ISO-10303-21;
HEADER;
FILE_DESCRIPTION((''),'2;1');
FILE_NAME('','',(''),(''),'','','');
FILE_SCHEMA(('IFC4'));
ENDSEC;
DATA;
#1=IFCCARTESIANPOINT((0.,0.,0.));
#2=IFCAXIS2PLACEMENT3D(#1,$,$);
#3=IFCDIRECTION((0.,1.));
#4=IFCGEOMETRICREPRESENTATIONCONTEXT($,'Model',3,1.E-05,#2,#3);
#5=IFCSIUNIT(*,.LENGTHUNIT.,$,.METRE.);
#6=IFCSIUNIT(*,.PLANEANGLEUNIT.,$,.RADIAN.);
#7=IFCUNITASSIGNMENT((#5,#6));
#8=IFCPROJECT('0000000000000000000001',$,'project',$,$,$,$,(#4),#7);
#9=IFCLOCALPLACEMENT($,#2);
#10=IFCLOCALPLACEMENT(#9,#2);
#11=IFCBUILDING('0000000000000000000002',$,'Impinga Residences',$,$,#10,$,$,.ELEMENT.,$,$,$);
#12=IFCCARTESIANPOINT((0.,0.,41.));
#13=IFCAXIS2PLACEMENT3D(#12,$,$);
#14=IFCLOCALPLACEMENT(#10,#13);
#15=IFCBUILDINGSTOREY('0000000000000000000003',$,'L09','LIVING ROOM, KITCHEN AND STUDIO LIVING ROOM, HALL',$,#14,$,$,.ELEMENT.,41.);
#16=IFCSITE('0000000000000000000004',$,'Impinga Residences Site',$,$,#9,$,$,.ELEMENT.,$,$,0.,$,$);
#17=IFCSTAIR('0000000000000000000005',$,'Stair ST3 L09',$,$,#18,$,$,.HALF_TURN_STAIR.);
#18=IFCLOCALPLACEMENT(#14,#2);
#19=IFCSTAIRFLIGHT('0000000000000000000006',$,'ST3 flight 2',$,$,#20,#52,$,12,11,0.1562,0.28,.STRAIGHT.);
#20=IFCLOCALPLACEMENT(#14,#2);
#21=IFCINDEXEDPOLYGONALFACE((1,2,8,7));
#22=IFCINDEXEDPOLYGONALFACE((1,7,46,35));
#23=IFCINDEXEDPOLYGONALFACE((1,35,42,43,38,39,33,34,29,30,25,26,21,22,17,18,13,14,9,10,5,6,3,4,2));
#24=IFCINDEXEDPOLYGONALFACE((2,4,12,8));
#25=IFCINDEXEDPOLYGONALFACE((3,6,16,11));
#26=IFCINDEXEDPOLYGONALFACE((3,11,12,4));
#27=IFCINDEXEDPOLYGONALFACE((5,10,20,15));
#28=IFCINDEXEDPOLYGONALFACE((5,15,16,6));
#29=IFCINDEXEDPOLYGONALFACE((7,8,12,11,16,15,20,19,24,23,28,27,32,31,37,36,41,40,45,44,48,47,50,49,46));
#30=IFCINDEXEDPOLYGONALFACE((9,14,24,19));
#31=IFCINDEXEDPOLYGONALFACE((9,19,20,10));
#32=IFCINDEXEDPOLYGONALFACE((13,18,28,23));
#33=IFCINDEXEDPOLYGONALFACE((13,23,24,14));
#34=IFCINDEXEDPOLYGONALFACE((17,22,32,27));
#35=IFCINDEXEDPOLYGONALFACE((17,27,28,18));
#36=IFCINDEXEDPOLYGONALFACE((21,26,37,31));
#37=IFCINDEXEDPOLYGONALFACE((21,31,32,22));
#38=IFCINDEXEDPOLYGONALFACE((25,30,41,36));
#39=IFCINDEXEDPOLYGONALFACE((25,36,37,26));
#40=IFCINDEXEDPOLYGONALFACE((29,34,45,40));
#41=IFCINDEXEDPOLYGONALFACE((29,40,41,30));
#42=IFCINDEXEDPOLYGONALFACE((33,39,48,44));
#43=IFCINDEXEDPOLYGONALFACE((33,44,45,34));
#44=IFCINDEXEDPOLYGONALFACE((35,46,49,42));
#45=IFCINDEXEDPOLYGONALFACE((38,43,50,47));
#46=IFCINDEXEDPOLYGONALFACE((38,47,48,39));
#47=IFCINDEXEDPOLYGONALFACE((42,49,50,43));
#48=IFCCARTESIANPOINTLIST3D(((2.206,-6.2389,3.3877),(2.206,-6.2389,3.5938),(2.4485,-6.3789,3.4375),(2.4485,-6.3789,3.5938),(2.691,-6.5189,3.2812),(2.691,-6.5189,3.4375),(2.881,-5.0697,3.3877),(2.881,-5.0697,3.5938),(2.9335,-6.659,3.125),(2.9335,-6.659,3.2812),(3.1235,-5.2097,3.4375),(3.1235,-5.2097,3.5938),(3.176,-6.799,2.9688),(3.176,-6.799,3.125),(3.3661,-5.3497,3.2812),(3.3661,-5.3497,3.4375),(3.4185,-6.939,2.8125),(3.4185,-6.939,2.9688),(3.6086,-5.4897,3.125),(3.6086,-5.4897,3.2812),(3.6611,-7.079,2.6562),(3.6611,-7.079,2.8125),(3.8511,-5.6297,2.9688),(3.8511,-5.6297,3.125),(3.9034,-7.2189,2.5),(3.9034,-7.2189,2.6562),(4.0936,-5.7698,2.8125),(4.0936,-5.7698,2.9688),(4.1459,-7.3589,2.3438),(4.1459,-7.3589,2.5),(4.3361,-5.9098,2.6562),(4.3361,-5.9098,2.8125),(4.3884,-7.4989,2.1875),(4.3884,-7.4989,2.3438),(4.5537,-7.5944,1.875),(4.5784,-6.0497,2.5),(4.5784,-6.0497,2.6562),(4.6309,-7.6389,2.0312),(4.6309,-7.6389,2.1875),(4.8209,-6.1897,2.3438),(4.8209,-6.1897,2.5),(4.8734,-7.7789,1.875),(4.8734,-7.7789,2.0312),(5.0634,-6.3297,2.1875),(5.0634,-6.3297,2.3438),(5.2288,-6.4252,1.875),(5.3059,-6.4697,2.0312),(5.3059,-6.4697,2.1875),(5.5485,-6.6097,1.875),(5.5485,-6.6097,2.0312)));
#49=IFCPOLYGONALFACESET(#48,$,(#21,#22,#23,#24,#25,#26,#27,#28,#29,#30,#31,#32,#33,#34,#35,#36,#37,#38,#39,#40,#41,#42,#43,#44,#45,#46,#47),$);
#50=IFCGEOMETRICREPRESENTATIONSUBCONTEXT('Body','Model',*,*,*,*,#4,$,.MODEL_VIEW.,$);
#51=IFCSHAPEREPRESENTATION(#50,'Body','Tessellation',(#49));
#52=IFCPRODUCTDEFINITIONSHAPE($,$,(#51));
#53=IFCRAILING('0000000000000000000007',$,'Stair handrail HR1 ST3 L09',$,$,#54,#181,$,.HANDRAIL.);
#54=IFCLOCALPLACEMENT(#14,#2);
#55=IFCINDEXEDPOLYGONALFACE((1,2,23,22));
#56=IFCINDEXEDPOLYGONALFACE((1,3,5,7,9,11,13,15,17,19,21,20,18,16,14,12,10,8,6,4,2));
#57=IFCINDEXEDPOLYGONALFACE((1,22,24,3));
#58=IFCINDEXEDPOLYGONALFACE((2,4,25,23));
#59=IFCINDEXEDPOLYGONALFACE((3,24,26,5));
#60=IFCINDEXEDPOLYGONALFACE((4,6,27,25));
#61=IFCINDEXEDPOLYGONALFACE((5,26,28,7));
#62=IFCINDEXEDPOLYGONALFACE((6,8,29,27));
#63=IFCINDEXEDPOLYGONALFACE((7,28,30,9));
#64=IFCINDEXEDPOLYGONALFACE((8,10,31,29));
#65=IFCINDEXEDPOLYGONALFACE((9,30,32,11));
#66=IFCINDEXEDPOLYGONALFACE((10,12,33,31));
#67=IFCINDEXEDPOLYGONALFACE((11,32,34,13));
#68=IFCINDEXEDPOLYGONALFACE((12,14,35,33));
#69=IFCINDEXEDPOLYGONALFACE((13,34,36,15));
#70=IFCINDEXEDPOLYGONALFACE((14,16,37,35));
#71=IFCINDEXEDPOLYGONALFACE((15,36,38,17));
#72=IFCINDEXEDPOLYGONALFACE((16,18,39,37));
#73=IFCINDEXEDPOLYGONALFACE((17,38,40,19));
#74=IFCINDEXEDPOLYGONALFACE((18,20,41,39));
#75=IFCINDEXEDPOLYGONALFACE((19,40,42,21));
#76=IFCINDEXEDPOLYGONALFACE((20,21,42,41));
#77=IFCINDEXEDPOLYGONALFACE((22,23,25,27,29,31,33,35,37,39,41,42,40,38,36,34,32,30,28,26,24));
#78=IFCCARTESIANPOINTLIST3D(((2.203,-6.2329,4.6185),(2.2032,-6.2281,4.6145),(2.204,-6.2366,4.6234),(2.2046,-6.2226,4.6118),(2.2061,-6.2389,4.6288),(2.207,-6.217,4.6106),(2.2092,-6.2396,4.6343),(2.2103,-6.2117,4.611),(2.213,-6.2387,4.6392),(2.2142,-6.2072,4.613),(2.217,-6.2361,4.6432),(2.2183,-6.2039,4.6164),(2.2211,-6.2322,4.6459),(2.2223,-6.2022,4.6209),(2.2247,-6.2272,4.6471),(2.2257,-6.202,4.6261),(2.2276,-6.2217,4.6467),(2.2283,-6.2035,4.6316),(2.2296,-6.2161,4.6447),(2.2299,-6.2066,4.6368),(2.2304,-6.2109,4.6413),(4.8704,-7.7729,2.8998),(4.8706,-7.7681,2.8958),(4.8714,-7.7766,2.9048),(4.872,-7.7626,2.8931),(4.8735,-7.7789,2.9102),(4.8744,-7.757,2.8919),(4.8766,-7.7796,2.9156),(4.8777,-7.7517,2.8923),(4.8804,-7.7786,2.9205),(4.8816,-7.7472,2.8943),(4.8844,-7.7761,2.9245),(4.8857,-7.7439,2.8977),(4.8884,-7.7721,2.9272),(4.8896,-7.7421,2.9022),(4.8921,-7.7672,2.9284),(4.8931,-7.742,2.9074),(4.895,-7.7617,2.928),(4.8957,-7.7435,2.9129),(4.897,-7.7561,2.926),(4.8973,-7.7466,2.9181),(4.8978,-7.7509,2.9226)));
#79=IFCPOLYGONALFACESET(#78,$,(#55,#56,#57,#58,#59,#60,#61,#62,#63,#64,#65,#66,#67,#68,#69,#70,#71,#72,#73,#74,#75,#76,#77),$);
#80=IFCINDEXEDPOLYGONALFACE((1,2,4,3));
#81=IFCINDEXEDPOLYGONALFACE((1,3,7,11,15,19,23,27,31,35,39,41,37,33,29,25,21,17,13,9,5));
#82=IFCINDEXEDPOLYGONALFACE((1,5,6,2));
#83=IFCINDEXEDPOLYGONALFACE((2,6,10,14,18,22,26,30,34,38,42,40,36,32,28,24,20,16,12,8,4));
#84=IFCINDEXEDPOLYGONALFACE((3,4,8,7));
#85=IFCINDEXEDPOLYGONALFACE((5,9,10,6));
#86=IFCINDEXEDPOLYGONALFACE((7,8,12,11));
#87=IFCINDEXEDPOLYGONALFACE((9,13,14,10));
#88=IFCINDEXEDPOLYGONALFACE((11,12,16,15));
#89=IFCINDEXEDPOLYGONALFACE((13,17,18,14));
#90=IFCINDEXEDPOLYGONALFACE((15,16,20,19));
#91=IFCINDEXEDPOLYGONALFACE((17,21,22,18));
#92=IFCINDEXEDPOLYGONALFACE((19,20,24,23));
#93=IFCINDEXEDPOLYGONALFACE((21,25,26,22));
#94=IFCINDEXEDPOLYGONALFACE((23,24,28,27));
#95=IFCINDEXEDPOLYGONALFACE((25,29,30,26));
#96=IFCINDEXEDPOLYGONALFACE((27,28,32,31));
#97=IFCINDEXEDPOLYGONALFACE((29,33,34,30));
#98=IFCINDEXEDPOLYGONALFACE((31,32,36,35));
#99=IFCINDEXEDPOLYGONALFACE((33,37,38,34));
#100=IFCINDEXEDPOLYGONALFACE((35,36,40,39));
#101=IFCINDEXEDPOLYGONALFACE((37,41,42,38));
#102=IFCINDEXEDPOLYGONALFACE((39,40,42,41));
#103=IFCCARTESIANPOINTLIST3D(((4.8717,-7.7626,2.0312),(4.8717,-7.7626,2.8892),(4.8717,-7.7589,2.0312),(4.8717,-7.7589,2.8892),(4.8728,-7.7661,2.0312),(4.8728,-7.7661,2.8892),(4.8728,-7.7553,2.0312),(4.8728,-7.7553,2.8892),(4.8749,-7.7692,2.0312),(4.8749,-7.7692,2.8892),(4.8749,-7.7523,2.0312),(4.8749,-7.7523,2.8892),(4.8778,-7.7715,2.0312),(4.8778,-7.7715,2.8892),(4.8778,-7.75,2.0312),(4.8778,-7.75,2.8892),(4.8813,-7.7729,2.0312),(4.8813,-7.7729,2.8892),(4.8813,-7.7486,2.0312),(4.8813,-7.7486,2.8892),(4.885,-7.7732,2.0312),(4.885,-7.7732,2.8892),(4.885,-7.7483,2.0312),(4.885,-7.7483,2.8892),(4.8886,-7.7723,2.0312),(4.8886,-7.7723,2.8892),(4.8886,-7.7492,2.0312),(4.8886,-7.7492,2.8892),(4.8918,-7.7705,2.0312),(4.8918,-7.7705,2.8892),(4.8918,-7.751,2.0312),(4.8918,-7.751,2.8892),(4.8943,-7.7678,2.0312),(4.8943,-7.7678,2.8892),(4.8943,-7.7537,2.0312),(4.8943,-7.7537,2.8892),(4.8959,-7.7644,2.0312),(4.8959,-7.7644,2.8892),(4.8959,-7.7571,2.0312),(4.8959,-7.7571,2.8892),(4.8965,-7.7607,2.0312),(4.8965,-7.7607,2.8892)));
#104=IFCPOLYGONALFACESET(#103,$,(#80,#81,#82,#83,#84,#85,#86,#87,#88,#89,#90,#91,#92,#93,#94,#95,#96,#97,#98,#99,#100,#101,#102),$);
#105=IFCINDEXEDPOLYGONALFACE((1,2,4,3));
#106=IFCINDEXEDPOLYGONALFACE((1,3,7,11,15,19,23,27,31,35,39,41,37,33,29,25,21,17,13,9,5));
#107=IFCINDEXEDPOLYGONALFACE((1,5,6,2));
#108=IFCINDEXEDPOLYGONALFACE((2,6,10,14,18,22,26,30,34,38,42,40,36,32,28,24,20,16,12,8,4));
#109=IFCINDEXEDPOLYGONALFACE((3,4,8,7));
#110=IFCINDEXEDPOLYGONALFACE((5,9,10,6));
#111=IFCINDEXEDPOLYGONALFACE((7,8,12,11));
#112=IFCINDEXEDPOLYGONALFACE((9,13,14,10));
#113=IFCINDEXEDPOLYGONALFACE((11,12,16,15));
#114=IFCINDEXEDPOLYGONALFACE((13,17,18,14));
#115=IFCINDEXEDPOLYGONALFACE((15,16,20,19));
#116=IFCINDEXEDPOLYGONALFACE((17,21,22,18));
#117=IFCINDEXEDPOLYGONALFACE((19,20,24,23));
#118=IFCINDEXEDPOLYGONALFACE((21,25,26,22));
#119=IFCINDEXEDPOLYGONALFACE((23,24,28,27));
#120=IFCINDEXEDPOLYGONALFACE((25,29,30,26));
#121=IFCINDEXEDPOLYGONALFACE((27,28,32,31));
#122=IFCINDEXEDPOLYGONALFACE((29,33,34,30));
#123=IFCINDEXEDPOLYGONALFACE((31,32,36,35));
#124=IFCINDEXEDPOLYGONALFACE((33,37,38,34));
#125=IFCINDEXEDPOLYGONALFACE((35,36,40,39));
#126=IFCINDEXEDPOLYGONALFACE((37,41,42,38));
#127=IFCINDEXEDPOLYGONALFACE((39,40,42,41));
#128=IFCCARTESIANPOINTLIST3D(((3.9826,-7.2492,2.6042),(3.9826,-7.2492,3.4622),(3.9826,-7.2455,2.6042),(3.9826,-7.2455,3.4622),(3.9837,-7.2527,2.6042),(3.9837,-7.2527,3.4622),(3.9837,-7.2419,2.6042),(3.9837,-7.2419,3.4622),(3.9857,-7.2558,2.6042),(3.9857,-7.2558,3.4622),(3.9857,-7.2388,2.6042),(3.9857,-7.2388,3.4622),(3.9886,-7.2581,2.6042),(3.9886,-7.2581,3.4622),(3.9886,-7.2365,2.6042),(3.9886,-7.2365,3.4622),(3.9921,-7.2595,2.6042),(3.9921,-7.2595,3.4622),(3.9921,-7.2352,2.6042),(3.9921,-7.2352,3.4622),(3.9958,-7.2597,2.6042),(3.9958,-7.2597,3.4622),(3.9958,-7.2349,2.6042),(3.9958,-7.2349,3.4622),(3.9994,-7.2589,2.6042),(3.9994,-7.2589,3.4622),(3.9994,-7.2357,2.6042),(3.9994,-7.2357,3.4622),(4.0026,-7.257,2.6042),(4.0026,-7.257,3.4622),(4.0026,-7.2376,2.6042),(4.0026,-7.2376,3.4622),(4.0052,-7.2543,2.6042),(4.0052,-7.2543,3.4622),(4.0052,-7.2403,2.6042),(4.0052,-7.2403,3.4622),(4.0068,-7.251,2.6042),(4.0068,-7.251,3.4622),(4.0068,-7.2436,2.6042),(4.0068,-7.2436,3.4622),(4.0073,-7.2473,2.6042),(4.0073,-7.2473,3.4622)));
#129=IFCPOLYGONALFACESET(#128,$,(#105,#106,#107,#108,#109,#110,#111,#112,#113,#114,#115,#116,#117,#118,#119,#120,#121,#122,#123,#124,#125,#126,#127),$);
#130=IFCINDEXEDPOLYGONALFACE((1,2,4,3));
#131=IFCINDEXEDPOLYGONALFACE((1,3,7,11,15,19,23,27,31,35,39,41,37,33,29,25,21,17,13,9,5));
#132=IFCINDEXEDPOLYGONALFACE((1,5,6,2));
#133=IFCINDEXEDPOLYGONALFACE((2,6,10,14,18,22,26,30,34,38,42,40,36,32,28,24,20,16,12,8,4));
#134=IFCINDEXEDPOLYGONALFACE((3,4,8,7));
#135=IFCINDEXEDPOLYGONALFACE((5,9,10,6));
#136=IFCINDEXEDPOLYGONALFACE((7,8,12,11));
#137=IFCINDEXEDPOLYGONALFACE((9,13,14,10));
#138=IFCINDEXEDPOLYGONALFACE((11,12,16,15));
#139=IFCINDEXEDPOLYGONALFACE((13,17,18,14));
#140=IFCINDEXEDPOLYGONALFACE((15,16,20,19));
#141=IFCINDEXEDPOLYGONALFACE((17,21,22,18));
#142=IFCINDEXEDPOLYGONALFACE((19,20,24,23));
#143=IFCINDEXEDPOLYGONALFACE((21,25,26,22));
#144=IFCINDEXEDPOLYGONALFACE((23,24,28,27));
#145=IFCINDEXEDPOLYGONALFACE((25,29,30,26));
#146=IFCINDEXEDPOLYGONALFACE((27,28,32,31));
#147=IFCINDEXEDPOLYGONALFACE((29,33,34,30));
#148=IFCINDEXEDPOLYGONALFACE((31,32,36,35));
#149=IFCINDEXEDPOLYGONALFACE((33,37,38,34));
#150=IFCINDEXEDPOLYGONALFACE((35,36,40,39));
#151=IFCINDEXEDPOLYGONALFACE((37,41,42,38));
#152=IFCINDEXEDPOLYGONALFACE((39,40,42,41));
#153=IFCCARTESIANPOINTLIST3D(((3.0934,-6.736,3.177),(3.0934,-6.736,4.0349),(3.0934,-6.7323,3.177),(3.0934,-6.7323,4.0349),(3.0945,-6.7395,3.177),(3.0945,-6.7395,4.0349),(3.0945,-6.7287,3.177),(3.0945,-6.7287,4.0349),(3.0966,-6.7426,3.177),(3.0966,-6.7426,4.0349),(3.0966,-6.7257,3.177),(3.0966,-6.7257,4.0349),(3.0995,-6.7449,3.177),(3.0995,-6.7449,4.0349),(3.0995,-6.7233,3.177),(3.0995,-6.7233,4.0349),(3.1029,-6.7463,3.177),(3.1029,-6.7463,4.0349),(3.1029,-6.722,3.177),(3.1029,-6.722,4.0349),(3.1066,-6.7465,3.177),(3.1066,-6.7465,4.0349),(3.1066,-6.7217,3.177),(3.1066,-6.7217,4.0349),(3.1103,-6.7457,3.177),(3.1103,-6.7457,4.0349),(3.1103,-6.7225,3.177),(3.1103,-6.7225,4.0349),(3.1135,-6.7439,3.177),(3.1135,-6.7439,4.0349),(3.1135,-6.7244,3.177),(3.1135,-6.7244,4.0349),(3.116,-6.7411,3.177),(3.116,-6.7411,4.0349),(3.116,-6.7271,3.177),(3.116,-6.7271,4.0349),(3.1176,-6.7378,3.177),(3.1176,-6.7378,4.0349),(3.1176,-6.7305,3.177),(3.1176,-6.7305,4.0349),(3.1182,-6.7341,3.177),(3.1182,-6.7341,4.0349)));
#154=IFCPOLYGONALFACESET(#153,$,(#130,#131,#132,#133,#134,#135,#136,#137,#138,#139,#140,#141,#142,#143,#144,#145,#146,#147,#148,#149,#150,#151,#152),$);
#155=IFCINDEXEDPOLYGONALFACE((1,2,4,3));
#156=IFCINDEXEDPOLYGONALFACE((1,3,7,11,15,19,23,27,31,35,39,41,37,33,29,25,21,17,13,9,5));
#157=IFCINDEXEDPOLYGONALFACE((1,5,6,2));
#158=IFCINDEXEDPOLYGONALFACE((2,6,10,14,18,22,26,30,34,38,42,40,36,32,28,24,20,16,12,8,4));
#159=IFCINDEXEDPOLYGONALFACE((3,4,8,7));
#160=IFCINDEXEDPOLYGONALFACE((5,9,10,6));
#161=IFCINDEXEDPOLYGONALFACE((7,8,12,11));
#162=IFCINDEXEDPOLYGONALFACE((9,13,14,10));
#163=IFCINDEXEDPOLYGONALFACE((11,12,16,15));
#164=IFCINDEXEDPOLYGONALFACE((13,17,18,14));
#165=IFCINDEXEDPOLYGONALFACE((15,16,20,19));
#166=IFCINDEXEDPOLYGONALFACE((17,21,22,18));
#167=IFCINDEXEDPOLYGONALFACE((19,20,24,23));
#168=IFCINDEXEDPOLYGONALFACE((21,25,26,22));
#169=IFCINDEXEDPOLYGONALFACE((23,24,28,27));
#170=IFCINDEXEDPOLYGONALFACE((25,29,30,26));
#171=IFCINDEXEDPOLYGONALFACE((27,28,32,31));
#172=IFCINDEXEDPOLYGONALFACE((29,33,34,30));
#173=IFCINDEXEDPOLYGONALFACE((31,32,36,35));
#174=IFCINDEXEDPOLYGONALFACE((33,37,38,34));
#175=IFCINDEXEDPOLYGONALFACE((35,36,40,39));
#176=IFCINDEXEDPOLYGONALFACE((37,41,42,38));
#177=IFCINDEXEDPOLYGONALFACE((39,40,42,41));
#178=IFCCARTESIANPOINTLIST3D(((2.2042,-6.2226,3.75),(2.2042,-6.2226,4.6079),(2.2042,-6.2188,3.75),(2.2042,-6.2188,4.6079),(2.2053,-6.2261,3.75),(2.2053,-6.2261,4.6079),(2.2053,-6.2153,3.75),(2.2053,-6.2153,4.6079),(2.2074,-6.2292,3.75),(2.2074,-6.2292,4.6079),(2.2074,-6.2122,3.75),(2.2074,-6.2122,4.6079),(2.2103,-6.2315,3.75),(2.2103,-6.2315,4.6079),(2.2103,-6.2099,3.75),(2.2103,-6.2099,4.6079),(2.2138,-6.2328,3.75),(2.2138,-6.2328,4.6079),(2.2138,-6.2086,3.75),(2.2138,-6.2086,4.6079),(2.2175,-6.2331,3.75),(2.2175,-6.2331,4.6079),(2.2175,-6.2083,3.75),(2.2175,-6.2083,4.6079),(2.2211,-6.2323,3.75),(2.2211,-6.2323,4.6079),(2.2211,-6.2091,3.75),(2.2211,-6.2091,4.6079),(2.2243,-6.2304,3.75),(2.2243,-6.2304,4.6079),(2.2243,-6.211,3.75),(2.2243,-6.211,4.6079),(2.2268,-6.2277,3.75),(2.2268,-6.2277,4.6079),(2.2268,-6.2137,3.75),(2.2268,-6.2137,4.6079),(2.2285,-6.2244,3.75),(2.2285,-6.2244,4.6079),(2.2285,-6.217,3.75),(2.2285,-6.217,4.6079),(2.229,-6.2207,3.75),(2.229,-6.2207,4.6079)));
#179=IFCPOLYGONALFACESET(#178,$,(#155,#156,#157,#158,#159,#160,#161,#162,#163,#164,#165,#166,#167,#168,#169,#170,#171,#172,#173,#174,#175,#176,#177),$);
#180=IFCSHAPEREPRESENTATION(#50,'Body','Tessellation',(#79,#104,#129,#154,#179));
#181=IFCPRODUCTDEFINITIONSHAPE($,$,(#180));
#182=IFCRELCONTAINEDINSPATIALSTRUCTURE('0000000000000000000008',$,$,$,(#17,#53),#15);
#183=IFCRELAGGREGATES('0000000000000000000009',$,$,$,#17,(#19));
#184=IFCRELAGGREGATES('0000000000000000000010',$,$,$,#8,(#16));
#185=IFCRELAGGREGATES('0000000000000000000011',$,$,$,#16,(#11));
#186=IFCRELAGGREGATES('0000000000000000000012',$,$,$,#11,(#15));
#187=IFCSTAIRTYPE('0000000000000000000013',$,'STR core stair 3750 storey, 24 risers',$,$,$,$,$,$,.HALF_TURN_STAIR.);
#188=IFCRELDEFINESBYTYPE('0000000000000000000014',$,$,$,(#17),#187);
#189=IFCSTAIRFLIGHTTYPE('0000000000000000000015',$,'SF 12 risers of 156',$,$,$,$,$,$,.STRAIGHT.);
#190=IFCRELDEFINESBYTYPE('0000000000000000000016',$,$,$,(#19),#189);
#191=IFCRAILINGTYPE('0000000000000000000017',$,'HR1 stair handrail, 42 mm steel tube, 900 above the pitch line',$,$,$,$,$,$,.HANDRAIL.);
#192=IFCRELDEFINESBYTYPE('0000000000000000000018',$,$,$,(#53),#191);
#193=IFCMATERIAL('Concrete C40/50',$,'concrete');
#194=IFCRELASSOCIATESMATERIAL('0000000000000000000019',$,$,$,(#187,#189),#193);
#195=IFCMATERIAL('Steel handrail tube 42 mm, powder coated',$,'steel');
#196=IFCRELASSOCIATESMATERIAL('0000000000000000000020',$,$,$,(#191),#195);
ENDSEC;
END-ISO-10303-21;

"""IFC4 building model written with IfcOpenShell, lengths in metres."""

from ifc_helpers import new_model, si_unit, direction, frame, origin, origin_2d, place, context, subcontext, project, spatial, polyline, circle, outline, extrude, material, type_object, element, aggregate, save


model = new_model("IFC4")

# Units and contexts
model_context = context("Model", 3, precision=1e-05, world=origin(), true_north=direction((0.0, 1.0)))
body_context = subcontext(model_context, "Body", "Model", "MODEL_VIEW")
ifc_project = project(units=[si_unit("LENGTHUNIT", "METRE"), si_unit("PLANEANGLEUNIT", "RADIAN")], contexts=[model_context])

# Site, building, storey
site_placement = place(None, origin())
site = spatial("IfcSite", under=ifc_project, at=site_placement, Name="Impinga Residences Site", CompositionType="ELEMENT", RefElevation=0.0)
building_placement = place(site_placement, origin())
building = spatial("IfcBuilding", under=site, at=building_placement, Name="Impinga Residences", CompositionType="ELEMENT")
storey_placement = place(building_placement, frame((0.0, 0.0, 41.0)))
storey = spatial("IfcBuildingStorey", under=building, at=storey_placement, Name="L09", Description="LIVING ROOM, KITCHEN AND STUDIO LIVING ROOM, HALL", CompositionType="ELEMENT", Elevation=41.0)

# Stair, stair flight
ifc_material_1 = material(Name="Concrete C40/50", Category="concrete")
stair_type = type_object("IfcStairType", Name="STR core stair 3750 storey, 24 risers", PredefinedType="HALF_TURN_STAIR", material=ifc_material_1)
stair_placement = place(storey_placement, origin())
stair = element("IfcStair", 1, at=stair_placement, inside=storey, type_object=stair_type, Name="Stair ST3 L09", PredefinedType="HALF_TURN_STAIR")
stair_flight_type = type_object("IfcStairFlightType", Name="SF 12 risers of 156", PredefinedType="STRAIGHT", material=ifc_material_1)
stair_flight_placement = place(storey_placement, frame((5.2109, -7.1943, 1.875), z_axis=(0.0, 0.0, 1.0), x_axis=(-0.866025, 0.5, 0.0)))
stair_flight = element("IfcStairFlight", 2, at=stair_flight_placement, type_object=stair_flight_type, Name="ST3 flight 2", NumberOfRisers=12, NumberOfTreads=11, PredefinedType="STRAIGHT", RiserHeight=0.1562, TreadLength=0.28, context=body_context, shape_type="SweptSolid", body=[
    extrude(outline(polyline([(0.0, 0.0), (0.0, 0.1562), (0.28, 0.1562), (0.28, 0.3125), (0.5601, 0.3125), (0.5601, 0.4688), (0.8401, 0.4688), (0.8401, 0.625), (1.1201, 0.625), (1.1201, 0.7812), (1.3999, 0.7812), (1.3999, 0.9375), (1.6799, 0.9375), (1.6799, 1.0938), (1.96, 1.0938), (1.96, 1.25), (2.24, 1.25), (2.24, 1.4062), (2.52, 1.4062), (2.52, 1.5625), (2.8, 1.5625), (2.8, 1.7188), (3.0801, 1.7188), (3.0801, 1.875), (3.0801, 1.5127), (0.3691, 0.0), (0.0, 0.0)])), frame((0.0, 0.675, 0.0), z_axis=(0.0, -1.0, 0.0), x_axis=(1.0, 0.0, 0.0)), (0.0, 0.0, 1.0), 1.3501),
])
aggregate(stair, [stair_flight])

# Railing
ifc_material_2 = material(Name="Steel handrail tube 42 mm, powder coated", Category="steel")
railing_type = type_object("IfcRailingType", Name="HR1 stair handrail, 42 mm steel tube, 900 above the pitch line", PredefinedType="HANDRAIL", material=ifc_material_2)
railing_placement = place(storey_placement, frame((4.884, -7.7607, 2.0312)))
element("IfcRailing", 3, at=railing_placement, inside=storey, type_object=railing_type, Name="Stair handrail HR1 ST3 L09", PredefinedType="HANDRAIL", context=body_context, shape_type="SweptSolid", body=[
    extrude(circle(Radius=0.021, at=origin_2d()), frame((0.0, 0.0, 0.8789), z_axis=(-0.756256, 0.436616, 0.487282), x_axis=(-0.499992, -0.86603, 0.0)), (0.0, 0.0, 1.0), 3.5271),
    extrude(circle(Radius=0.0125, at=origin_2d()), origin(), (0.0, 0.0, 1.0), 0.8579),
    extrude(circle(Radius=0.0125, at=origin_2d()), frame((-0.8892, 0.5134, 0.573)), (0.0, 0.0, 1.0), 0.8579),
    extrude(circle(Radius=0.0125, at=origin_2d()), frame((-1.7783, 1.0266, 1.1458)), (0.0, 0.0, 1.0), 0.8579),
    extrude(circle(Radius=0.0125, at=origin_2d()), frame((-2.6675, 1.54, 1.7188)), (0.0, 0.0, 1.0), 0.8579),
])

save(model, "model.ifc")
